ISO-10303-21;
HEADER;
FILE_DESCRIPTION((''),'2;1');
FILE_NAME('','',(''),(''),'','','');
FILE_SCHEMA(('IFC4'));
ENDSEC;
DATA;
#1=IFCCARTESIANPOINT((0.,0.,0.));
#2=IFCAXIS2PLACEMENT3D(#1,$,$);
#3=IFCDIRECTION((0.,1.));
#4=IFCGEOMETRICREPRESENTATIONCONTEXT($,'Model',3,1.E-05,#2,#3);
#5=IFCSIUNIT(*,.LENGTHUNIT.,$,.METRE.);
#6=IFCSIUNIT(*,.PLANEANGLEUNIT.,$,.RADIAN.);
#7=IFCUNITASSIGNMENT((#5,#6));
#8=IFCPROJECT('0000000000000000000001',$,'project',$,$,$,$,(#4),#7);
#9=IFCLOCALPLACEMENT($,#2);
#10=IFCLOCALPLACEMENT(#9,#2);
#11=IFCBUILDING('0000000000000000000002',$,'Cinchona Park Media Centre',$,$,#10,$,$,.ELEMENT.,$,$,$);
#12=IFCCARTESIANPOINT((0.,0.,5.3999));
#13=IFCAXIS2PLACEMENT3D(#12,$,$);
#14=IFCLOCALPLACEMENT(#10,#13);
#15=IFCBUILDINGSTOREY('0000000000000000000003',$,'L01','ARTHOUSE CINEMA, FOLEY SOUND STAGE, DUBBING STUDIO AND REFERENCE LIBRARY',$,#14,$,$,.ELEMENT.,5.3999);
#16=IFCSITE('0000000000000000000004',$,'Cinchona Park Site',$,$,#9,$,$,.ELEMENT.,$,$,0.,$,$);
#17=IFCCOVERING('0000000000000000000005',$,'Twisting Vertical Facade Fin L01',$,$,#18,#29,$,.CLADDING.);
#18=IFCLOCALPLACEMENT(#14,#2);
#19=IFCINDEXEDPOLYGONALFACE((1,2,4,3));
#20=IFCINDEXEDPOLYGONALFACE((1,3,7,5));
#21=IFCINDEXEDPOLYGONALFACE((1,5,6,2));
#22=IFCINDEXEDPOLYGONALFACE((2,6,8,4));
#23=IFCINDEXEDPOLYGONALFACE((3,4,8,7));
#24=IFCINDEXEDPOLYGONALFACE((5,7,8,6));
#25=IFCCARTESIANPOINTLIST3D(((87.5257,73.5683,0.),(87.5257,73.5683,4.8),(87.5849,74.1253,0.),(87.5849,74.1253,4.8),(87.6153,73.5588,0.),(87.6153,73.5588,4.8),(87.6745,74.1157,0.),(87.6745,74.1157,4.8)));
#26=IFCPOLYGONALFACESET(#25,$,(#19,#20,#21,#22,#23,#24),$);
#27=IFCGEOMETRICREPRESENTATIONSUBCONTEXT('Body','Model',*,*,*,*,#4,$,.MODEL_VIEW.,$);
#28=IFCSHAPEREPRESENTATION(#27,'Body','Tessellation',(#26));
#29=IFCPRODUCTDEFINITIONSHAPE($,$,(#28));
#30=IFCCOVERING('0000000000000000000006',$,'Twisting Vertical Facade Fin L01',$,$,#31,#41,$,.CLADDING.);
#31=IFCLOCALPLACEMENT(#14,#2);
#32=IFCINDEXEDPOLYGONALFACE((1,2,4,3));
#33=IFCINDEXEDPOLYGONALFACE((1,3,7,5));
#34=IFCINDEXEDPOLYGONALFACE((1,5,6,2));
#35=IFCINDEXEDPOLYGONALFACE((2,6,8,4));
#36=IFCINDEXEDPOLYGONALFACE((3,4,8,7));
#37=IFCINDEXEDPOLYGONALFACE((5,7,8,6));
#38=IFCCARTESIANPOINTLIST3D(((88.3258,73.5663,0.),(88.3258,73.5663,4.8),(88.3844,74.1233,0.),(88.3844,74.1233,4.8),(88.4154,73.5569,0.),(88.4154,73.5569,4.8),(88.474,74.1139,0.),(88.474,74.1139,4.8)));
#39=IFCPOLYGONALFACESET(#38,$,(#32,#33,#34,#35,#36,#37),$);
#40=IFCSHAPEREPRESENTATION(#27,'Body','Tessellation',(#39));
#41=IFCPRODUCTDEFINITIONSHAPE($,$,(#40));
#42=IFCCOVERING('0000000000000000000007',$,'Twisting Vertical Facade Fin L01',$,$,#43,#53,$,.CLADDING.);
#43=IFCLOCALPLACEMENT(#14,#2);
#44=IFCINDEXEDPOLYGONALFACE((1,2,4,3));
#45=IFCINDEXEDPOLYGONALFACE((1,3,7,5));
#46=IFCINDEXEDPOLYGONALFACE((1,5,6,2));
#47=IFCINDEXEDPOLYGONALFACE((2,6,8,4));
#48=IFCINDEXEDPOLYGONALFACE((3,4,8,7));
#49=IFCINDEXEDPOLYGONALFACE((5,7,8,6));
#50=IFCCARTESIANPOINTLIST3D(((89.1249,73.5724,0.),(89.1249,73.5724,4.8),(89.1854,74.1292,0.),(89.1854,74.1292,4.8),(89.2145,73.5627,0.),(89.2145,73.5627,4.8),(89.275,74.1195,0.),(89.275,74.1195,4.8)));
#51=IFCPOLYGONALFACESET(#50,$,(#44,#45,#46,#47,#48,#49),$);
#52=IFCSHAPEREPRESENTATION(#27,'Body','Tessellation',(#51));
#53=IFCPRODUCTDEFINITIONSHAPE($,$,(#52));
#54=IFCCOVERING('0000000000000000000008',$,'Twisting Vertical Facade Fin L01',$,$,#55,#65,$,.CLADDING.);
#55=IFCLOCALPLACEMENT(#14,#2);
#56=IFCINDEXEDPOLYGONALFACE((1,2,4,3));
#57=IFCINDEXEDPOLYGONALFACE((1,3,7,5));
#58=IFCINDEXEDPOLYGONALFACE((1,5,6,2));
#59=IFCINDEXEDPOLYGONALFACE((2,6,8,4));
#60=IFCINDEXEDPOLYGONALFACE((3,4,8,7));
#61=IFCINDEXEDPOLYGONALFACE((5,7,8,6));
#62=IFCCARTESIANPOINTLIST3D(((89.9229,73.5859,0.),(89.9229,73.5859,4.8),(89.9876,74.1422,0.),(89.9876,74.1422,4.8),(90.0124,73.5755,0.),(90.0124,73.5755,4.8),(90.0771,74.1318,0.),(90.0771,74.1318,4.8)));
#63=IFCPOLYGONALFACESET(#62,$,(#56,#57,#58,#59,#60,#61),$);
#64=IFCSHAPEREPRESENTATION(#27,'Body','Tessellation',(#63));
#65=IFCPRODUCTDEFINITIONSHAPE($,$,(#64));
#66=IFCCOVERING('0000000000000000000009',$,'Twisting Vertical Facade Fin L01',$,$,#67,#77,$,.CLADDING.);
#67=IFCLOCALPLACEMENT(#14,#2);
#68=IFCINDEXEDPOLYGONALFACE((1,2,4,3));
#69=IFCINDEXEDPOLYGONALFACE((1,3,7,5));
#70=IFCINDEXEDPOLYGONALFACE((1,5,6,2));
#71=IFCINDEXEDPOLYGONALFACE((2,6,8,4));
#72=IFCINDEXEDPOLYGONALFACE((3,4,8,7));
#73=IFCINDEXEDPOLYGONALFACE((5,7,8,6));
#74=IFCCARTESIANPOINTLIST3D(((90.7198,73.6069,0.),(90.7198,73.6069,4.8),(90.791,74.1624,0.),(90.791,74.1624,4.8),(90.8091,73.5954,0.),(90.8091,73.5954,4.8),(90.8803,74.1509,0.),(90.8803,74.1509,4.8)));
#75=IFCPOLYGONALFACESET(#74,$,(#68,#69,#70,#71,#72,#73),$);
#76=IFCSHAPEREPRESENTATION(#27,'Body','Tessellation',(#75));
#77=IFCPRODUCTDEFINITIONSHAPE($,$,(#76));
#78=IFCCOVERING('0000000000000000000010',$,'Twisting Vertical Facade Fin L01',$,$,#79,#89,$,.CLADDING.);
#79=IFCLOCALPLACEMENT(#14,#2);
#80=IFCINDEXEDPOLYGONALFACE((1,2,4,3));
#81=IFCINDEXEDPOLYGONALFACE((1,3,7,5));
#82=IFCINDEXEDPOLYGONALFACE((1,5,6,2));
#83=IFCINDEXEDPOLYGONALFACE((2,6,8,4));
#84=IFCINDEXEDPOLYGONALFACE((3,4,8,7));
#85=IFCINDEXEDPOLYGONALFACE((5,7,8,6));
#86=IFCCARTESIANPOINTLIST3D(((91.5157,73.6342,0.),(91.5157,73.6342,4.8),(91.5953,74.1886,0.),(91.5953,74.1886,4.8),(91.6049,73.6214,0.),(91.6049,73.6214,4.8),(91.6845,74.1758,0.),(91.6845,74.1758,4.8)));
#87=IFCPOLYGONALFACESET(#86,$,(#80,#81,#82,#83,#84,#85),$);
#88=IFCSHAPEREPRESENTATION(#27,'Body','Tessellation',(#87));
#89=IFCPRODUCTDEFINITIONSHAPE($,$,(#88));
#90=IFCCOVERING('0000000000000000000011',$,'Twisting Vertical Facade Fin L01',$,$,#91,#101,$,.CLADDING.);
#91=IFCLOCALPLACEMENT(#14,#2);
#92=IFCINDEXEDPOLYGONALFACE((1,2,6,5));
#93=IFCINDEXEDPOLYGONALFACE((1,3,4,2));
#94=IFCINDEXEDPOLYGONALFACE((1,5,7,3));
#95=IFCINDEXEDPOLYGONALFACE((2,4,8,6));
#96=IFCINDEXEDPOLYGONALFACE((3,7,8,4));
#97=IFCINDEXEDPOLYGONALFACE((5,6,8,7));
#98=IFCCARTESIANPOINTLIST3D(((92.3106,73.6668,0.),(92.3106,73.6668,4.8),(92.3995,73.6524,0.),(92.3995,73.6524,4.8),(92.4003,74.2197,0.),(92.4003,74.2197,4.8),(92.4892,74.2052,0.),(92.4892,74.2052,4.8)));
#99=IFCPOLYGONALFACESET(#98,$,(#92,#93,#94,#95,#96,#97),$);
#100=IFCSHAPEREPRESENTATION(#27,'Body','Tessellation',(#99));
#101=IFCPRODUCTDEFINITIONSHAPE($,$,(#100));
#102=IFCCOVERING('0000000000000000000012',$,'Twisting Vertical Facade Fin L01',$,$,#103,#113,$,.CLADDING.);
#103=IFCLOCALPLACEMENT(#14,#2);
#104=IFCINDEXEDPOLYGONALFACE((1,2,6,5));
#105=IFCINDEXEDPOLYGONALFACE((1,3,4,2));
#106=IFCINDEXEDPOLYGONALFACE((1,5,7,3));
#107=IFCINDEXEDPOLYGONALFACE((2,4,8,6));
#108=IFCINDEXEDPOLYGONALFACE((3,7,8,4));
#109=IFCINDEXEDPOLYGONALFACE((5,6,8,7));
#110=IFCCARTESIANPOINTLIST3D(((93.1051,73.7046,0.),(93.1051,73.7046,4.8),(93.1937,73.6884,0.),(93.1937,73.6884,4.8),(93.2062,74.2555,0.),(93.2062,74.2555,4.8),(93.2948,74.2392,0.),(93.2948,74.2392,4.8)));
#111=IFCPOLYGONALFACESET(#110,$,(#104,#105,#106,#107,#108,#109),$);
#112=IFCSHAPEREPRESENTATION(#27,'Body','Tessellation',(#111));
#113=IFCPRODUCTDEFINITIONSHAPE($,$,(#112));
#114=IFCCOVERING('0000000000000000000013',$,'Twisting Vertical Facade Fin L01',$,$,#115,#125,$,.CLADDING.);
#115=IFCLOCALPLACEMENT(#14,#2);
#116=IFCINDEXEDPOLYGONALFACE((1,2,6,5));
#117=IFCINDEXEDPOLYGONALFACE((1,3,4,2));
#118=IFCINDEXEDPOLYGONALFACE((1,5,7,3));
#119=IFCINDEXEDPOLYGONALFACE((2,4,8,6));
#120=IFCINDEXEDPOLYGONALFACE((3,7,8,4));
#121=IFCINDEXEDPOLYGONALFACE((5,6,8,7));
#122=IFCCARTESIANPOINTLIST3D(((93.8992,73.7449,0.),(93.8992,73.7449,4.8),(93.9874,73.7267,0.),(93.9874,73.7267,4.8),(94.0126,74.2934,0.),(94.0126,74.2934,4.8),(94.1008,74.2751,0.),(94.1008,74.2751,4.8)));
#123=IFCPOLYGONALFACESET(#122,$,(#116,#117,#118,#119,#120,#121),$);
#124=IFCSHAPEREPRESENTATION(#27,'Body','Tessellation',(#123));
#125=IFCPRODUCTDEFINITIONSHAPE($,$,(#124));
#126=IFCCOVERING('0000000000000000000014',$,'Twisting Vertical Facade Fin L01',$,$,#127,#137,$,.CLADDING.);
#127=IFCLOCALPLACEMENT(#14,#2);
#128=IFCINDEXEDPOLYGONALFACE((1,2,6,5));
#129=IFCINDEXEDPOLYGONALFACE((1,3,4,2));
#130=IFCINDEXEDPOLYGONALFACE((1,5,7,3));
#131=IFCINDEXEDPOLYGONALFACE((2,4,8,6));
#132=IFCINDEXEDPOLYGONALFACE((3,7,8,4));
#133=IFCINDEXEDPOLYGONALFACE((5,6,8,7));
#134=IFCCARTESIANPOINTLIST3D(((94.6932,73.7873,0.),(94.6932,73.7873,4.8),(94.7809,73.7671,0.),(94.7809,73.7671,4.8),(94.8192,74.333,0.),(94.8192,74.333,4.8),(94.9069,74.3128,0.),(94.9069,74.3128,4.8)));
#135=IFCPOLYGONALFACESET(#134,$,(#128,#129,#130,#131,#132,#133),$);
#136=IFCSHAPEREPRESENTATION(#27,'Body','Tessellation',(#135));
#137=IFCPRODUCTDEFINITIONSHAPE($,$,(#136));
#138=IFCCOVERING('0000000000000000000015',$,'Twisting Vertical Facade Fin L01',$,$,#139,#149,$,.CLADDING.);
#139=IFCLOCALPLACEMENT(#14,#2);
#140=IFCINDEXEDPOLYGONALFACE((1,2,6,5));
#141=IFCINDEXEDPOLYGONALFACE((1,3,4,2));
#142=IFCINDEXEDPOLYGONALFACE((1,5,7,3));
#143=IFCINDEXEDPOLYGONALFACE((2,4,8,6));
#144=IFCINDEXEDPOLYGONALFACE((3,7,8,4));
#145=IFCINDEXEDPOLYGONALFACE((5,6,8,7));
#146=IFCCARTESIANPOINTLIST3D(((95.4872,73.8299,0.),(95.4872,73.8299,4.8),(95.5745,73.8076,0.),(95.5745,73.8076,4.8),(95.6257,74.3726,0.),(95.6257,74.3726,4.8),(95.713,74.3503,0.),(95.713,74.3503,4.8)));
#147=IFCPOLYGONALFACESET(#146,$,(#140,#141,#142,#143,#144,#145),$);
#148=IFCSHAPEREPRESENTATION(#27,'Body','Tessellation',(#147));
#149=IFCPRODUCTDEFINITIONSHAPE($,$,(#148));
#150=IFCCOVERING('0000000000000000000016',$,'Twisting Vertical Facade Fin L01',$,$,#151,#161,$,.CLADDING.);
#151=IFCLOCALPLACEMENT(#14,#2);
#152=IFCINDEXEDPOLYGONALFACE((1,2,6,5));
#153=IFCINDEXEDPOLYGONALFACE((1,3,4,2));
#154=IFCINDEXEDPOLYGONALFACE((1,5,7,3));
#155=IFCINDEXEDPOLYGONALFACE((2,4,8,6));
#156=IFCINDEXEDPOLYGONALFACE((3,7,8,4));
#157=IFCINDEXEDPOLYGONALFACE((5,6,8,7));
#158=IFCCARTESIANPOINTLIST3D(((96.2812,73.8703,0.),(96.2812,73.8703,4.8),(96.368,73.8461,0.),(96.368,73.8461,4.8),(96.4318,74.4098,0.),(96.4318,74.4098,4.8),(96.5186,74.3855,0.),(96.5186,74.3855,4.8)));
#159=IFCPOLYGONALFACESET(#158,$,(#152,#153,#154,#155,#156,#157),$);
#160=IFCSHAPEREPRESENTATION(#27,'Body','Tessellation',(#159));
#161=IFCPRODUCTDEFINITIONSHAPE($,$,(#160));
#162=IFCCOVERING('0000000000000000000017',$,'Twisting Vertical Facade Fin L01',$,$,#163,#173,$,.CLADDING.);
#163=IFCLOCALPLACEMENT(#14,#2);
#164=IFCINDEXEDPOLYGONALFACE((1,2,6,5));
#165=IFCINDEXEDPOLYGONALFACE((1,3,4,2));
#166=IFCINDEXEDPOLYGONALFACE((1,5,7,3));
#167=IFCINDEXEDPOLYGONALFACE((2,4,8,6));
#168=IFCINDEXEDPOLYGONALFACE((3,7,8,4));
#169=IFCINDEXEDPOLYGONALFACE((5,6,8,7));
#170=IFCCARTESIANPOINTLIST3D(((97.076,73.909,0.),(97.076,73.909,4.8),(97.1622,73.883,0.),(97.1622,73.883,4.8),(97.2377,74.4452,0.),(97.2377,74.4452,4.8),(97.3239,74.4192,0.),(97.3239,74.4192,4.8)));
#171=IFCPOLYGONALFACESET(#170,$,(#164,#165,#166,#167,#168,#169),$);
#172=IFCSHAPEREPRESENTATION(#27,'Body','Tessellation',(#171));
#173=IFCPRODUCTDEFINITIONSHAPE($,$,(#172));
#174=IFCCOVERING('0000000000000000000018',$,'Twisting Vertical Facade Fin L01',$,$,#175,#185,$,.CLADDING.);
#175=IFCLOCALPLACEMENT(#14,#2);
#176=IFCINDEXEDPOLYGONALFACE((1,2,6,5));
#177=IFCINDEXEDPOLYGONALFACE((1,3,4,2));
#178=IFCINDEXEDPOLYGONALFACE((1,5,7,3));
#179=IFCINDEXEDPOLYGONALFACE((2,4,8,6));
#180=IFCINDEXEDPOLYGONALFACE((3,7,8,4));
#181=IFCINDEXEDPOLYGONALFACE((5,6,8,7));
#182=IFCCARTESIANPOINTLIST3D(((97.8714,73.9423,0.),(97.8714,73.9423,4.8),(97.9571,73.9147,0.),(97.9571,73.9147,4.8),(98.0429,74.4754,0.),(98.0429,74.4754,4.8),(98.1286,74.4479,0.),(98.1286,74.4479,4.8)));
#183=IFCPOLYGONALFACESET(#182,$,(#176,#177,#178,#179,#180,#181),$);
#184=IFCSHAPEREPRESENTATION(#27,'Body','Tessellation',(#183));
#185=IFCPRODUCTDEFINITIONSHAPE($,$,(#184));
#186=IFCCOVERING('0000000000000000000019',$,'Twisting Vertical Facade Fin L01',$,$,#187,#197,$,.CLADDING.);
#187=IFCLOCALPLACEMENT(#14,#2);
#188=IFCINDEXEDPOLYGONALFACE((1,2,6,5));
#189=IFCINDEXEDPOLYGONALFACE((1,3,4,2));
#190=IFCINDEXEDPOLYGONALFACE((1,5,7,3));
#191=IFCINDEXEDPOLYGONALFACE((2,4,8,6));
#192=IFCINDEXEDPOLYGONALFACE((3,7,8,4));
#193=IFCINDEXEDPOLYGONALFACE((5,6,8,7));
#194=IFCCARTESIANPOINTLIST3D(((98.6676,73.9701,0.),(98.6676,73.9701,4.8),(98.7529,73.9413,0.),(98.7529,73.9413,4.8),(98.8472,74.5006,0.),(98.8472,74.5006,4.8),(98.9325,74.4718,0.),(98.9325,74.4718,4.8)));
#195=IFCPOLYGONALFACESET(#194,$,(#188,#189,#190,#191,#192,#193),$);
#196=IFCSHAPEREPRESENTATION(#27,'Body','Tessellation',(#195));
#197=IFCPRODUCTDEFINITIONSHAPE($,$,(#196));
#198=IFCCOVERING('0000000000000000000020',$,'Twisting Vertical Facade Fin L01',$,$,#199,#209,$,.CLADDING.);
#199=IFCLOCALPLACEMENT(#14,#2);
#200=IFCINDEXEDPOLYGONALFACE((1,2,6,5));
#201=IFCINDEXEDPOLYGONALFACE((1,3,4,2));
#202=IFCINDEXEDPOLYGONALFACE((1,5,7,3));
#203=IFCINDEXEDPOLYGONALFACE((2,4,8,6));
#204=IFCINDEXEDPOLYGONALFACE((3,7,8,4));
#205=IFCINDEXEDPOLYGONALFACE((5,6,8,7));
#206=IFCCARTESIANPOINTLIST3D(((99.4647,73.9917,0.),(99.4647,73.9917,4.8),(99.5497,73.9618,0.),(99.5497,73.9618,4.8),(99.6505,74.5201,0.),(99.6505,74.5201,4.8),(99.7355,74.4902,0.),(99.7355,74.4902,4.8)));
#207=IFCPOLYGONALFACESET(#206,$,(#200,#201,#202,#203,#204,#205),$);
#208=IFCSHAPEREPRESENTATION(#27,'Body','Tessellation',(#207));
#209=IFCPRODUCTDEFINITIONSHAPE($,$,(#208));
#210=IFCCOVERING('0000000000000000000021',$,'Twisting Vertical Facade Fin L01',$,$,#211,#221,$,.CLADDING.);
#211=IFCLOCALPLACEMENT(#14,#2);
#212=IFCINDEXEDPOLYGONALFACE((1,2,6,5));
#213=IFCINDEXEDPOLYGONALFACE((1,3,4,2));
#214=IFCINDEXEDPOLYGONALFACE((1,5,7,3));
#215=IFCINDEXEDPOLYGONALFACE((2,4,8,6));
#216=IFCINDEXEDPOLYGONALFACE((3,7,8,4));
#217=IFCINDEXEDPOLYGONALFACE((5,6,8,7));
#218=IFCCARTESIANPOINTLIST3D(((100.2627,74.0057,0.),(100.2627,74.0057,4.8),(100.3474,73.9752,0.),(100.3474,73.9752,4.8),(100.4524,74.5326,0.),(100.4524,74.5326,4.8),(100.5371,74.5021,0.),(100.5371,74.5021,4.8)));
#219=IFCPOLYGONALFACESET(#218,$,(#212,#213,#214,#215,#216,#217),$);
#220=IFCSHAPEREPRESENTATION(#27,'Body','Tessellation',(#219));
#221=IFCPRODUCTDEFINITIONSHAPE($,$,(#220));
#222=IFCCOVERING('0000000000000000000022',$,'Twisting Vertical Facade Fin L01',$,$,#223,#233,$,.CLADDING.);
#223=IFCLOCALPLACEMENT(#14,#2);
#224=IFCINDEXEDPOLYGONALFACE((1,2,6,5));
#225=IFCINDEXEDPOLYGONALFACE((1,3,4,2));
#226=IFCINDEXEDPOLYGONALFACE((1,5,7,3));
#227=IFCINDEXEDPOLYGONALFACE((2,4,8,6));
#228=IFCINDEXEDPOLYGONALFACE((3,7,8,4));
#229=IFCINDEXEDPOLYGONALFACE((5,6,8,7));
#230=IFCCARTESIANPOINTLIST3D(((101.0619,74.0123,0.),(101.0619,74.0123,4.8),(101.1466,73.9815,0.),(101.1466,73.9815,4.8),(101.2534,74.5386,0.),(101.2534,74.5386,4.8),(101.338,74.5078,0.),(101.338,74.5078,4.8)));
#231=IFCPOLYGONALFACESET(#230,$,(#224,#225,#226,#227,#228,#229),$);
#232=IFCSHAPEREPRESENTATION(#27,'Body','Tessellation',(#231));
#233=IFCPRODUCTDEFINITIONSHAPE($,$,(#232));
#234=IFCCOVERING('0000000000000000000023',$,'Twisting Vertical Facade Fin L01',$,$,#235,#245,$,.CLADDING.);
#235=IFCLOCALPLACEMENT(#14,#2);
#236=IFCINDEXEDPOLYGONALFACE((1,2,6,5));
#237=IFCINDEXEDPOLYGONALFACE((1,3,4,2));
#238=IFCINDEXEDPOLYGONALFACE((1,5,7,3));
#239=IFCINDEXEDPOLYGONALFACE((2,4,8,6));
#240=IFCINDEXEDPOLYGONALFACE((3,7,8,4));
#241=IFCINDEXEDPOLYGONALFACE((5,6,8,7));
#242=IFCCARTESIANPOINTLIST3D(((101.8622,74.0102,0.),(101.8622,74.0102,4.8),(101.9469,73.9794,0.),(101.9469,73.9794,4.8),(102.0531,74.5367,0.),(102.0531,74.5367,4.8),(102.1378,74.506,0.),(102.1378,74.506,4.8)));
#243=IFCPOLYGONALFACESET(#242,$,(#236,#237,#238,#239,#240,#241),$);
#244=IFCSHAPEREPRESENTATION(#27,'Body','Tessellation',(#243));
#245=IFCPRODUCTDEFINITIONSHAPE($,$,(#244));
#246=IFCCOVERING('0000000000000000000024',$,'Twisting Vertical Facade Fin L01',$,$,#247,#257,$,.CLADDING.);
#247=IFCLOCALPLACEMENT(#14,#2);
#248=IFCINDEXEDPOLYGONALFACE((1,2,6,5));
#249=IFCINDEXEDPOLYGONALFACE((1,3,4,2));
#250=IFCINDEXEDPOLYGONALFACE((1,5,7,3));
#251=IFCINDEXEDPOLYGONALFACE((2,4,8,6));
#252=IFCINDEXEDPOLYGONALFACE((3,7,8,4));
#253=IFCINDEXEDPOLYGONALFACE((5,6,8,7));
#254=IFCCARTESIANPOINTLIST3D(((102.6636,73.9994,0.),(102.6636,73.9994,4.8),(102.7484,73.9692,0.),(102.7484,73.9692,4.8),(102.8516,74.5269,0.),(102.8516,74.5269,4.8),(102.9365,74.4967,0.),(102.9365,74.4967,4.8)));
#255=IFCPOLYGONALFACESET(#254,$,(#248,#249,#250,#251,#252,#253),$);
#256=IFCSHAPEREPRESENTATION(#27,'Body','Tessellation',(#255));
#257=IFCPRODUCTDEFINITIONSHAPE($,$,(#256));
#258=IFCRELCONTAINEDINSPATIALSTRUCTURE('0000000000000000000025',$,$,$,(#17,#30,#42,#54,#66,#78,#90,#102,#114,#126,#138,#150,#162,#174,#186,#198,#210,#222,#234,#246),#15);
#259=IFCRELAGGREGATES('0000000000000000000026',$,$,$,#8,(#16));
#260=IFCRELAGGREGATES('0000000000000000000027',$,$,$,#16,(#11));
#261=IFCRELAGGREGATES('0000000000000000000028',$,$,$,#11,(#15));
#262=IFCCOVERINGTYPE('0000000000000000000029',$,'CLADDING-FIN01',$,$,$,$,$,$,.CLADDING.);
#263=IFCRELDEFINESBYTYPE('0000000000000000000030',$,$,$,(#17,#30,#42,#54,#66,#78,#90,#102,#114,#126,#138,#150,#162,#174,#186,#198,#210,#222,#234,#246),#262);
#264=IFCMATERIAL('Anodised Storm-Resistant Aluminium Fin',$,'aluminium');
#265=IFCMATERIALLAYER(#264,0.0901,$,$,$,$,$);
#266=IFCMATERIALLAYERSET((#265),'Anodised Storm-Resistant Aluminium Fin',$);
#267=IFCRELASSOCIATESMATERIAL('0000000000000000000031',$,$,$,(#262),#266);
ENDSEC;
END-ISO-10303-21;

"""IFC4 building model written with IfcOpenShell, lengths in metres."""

from ifc_helpers import new_model, si_unit, direction, frame, origin, origin_2d, place, context, subcontext, project, spatial, rectangle, extrude, material, layer, layer_set, type_object, element, save


model = new_model("IFC4")

# Units and contexts
model_context = context("Model", 3, precision=1e-05, world=origin(), true_north=direction((0.0, 1.0)))
body_context = subcontext(model_context, "Body", "Model", "MODEL_VIEW")
ifc_project = project(units=[si_unit("LENGTHUNIT", "METRE"), si_unit("PLANEANGLEUNIT", "RADIAN")], contexts=[model_context])

# Site, building, storey
site_placement = place(None, origin())
site = spatial("IfcSite", under=ifc_project, at=site_placement, Name="Cinchona Park Site", CompositionType="ELEMENT", RefElevation=0.0)
building_placement = place(site_placement, origin())
building = spatial("IfcBuilding", under=site, at=building_placement, Name="Cinchona Park Media Centre", CompositionType="ELEMENT")
storey_placement = place(building_placement, frame((0.0, 0.0, 5.3999)))
storey = spatial("IfcBuildingStorey", under=building, at=storey_placement, Name="L01", Description="ARTHOUSE CINEMA, FOLEY SOUND STAGE, DUBBING STUDIO AND REFERENCE LIBRARY", CompositionType="ELEMENT", Elevation=5.3999)

# Coverings
ifc_material_1 = material(Name="Anodised Storm-Resistant Aluminium Fin", Category="aluminium")
ifc_layer = layer(ifc_material_1, 0.0901)
ifc_layer_set = layer_set([ifc_layer], Name="Anodised Storm-Resistant Aluminium Fin")
covering_type = type_object("IfcCoveringType", Name="CLADDING-FIN01", PredefinedType="CLADDING", material=ifc_layer_set)
for number, where, z_axis, x_axis, name in (
    (1, (87.6001, 73.842, 0.0), (0.0, 0.0, 1.0), (0.105743, 0.994393, 0.0), "Twisting Vertical Facade Fin L01"),
    (2, (88.3999, 73.8401, 0.0), (0.0, 0.0, 1.0), (0.104702, 0.994504, 0.0), "Twisting Vertical Facade Fin L01"),
    (3, (89.2, 73.8459, 0.0), (0.0, 0.0, 1.0), (0.107999, 0.994151, 0.0), "Twisting Vertical Facade Fin L01"),
    (4, (90.0, 73.8589, 0.0), (0.0, 0.0, 1.0), (0.115457, 0.993312, 0.0), "Twisting Vertical Facade Fin L01"),
    (5, (90.8, 73.8789, 0.0), (0.0, 0.0, 1.0), (0.127065, 0.991894, 0.0), "Twisting Vertical Facade Fin L01"),
    (6, (91.6001, 73.905, 0.0), (0.0, 0.0, 1.0), (0.142111, 0.989851, 0.0), "Twisting Vertical Facade Fin L01"),
    (7, (92.3999, 73.936, 0.0), (0.0, 0.0, 1.0), (0.160226, 0.98708, 0.0), "Twisting Vertical Facade Fin L01"),
    (8, (93.2, 73.9719, 0.0), (0.0, 0.0, 1.0), (0.180519, 0.983571, 0.0), "Twisting Vertical Facade Fin L01"),
    (9, (94.0, 74.01, 0.0), (0.0, 0.0, 1.0), (0.202445, 0.979294, 0.0), "Twisting Vertical Facade Fin L01"),
    (10, (94.8, 74.05, 0.0), (0.0, 0.0, 1.0), (0.224951, 0.97437, 0.0), "Twisting Vertical Facade Fin L01"),
    (11, (95.6001, 74.0901, 0.0), (0.0, 0.0, 1.0), (0.247337, 0.968929, 0.0), "Twisting Vertical Facade Fin L01"),
    (12, (96.3999, 74.1279, 0.0), (0.0, 0.0, 1.0), (0.26892, 0.963163, 0.0), "Twisting Vertical Facade Fin L01"),
    (13, (97.2, 74.1641, 0.0), (0.0, 0.0, 1.0), (0.288698, 0.95742, 0.0), "Twisting Vertical Facade Fin L01"),
    (14, (98.0, 74.1951, 0.0), (0.0, 0.0, 1.0), (0.306194, 0.951969, 0.0), "Twisting Vertical Facade Fin L01"),
    (15, (98.8, 74.2209, 0.0), (0.0, 0.0, 1.0), (0.320613, 0.94721, 0.0), "Twisting Vertical Facade Fin L01"),
    (16, (99.6001, 74.241, 0.0), (0.0, 0.0, 1.0), (0.331667, 0.943396, 0.0), "Twisting Vertical Facade Fin L01"),
    (17, (100.3999, 74.2539, 0.0), (0.0, 0.0, 1.0), (0.338738, 0.940881, 0.0), "Twisting Vertical Facade Fin L01"),
    (18, (101.2, 74.26, 0.0), (0.0, 0.0, 1.0), (0.341856, 0.939752, 0.0), "Twisting Vertical Facade Fin L01"),
    (19, (102.0, 74.2581, 0.0), (0.0, 0.0, 1.0), (0.340872, 0.94011, 0.0), "Twisting Vertical Facade Fin L01"),
    (20, (102.8, 74.248, 0.0), (0.0, 0.0, 1.0), (0.33578, 0.94194, 0.0), "Twisting Vertical Facade Fin L01"),
):
    element("IfcCovering", number, at=place(storey_placement, frame(where, z_axis=z_axis, x_axis=x_axis)), inside=storey, type_object=covering_type, Name=name, PredefinedType="CLADDING", context=body_context, shape_type="SweptSolid", body=[
        extrude(rectangle(XDim=0.5601, YDim=0.0901, at=origin_2d()), origin(), (0.0, 0.0, 1.0), 4.8),
    ])

save(model, "model.ifc")
